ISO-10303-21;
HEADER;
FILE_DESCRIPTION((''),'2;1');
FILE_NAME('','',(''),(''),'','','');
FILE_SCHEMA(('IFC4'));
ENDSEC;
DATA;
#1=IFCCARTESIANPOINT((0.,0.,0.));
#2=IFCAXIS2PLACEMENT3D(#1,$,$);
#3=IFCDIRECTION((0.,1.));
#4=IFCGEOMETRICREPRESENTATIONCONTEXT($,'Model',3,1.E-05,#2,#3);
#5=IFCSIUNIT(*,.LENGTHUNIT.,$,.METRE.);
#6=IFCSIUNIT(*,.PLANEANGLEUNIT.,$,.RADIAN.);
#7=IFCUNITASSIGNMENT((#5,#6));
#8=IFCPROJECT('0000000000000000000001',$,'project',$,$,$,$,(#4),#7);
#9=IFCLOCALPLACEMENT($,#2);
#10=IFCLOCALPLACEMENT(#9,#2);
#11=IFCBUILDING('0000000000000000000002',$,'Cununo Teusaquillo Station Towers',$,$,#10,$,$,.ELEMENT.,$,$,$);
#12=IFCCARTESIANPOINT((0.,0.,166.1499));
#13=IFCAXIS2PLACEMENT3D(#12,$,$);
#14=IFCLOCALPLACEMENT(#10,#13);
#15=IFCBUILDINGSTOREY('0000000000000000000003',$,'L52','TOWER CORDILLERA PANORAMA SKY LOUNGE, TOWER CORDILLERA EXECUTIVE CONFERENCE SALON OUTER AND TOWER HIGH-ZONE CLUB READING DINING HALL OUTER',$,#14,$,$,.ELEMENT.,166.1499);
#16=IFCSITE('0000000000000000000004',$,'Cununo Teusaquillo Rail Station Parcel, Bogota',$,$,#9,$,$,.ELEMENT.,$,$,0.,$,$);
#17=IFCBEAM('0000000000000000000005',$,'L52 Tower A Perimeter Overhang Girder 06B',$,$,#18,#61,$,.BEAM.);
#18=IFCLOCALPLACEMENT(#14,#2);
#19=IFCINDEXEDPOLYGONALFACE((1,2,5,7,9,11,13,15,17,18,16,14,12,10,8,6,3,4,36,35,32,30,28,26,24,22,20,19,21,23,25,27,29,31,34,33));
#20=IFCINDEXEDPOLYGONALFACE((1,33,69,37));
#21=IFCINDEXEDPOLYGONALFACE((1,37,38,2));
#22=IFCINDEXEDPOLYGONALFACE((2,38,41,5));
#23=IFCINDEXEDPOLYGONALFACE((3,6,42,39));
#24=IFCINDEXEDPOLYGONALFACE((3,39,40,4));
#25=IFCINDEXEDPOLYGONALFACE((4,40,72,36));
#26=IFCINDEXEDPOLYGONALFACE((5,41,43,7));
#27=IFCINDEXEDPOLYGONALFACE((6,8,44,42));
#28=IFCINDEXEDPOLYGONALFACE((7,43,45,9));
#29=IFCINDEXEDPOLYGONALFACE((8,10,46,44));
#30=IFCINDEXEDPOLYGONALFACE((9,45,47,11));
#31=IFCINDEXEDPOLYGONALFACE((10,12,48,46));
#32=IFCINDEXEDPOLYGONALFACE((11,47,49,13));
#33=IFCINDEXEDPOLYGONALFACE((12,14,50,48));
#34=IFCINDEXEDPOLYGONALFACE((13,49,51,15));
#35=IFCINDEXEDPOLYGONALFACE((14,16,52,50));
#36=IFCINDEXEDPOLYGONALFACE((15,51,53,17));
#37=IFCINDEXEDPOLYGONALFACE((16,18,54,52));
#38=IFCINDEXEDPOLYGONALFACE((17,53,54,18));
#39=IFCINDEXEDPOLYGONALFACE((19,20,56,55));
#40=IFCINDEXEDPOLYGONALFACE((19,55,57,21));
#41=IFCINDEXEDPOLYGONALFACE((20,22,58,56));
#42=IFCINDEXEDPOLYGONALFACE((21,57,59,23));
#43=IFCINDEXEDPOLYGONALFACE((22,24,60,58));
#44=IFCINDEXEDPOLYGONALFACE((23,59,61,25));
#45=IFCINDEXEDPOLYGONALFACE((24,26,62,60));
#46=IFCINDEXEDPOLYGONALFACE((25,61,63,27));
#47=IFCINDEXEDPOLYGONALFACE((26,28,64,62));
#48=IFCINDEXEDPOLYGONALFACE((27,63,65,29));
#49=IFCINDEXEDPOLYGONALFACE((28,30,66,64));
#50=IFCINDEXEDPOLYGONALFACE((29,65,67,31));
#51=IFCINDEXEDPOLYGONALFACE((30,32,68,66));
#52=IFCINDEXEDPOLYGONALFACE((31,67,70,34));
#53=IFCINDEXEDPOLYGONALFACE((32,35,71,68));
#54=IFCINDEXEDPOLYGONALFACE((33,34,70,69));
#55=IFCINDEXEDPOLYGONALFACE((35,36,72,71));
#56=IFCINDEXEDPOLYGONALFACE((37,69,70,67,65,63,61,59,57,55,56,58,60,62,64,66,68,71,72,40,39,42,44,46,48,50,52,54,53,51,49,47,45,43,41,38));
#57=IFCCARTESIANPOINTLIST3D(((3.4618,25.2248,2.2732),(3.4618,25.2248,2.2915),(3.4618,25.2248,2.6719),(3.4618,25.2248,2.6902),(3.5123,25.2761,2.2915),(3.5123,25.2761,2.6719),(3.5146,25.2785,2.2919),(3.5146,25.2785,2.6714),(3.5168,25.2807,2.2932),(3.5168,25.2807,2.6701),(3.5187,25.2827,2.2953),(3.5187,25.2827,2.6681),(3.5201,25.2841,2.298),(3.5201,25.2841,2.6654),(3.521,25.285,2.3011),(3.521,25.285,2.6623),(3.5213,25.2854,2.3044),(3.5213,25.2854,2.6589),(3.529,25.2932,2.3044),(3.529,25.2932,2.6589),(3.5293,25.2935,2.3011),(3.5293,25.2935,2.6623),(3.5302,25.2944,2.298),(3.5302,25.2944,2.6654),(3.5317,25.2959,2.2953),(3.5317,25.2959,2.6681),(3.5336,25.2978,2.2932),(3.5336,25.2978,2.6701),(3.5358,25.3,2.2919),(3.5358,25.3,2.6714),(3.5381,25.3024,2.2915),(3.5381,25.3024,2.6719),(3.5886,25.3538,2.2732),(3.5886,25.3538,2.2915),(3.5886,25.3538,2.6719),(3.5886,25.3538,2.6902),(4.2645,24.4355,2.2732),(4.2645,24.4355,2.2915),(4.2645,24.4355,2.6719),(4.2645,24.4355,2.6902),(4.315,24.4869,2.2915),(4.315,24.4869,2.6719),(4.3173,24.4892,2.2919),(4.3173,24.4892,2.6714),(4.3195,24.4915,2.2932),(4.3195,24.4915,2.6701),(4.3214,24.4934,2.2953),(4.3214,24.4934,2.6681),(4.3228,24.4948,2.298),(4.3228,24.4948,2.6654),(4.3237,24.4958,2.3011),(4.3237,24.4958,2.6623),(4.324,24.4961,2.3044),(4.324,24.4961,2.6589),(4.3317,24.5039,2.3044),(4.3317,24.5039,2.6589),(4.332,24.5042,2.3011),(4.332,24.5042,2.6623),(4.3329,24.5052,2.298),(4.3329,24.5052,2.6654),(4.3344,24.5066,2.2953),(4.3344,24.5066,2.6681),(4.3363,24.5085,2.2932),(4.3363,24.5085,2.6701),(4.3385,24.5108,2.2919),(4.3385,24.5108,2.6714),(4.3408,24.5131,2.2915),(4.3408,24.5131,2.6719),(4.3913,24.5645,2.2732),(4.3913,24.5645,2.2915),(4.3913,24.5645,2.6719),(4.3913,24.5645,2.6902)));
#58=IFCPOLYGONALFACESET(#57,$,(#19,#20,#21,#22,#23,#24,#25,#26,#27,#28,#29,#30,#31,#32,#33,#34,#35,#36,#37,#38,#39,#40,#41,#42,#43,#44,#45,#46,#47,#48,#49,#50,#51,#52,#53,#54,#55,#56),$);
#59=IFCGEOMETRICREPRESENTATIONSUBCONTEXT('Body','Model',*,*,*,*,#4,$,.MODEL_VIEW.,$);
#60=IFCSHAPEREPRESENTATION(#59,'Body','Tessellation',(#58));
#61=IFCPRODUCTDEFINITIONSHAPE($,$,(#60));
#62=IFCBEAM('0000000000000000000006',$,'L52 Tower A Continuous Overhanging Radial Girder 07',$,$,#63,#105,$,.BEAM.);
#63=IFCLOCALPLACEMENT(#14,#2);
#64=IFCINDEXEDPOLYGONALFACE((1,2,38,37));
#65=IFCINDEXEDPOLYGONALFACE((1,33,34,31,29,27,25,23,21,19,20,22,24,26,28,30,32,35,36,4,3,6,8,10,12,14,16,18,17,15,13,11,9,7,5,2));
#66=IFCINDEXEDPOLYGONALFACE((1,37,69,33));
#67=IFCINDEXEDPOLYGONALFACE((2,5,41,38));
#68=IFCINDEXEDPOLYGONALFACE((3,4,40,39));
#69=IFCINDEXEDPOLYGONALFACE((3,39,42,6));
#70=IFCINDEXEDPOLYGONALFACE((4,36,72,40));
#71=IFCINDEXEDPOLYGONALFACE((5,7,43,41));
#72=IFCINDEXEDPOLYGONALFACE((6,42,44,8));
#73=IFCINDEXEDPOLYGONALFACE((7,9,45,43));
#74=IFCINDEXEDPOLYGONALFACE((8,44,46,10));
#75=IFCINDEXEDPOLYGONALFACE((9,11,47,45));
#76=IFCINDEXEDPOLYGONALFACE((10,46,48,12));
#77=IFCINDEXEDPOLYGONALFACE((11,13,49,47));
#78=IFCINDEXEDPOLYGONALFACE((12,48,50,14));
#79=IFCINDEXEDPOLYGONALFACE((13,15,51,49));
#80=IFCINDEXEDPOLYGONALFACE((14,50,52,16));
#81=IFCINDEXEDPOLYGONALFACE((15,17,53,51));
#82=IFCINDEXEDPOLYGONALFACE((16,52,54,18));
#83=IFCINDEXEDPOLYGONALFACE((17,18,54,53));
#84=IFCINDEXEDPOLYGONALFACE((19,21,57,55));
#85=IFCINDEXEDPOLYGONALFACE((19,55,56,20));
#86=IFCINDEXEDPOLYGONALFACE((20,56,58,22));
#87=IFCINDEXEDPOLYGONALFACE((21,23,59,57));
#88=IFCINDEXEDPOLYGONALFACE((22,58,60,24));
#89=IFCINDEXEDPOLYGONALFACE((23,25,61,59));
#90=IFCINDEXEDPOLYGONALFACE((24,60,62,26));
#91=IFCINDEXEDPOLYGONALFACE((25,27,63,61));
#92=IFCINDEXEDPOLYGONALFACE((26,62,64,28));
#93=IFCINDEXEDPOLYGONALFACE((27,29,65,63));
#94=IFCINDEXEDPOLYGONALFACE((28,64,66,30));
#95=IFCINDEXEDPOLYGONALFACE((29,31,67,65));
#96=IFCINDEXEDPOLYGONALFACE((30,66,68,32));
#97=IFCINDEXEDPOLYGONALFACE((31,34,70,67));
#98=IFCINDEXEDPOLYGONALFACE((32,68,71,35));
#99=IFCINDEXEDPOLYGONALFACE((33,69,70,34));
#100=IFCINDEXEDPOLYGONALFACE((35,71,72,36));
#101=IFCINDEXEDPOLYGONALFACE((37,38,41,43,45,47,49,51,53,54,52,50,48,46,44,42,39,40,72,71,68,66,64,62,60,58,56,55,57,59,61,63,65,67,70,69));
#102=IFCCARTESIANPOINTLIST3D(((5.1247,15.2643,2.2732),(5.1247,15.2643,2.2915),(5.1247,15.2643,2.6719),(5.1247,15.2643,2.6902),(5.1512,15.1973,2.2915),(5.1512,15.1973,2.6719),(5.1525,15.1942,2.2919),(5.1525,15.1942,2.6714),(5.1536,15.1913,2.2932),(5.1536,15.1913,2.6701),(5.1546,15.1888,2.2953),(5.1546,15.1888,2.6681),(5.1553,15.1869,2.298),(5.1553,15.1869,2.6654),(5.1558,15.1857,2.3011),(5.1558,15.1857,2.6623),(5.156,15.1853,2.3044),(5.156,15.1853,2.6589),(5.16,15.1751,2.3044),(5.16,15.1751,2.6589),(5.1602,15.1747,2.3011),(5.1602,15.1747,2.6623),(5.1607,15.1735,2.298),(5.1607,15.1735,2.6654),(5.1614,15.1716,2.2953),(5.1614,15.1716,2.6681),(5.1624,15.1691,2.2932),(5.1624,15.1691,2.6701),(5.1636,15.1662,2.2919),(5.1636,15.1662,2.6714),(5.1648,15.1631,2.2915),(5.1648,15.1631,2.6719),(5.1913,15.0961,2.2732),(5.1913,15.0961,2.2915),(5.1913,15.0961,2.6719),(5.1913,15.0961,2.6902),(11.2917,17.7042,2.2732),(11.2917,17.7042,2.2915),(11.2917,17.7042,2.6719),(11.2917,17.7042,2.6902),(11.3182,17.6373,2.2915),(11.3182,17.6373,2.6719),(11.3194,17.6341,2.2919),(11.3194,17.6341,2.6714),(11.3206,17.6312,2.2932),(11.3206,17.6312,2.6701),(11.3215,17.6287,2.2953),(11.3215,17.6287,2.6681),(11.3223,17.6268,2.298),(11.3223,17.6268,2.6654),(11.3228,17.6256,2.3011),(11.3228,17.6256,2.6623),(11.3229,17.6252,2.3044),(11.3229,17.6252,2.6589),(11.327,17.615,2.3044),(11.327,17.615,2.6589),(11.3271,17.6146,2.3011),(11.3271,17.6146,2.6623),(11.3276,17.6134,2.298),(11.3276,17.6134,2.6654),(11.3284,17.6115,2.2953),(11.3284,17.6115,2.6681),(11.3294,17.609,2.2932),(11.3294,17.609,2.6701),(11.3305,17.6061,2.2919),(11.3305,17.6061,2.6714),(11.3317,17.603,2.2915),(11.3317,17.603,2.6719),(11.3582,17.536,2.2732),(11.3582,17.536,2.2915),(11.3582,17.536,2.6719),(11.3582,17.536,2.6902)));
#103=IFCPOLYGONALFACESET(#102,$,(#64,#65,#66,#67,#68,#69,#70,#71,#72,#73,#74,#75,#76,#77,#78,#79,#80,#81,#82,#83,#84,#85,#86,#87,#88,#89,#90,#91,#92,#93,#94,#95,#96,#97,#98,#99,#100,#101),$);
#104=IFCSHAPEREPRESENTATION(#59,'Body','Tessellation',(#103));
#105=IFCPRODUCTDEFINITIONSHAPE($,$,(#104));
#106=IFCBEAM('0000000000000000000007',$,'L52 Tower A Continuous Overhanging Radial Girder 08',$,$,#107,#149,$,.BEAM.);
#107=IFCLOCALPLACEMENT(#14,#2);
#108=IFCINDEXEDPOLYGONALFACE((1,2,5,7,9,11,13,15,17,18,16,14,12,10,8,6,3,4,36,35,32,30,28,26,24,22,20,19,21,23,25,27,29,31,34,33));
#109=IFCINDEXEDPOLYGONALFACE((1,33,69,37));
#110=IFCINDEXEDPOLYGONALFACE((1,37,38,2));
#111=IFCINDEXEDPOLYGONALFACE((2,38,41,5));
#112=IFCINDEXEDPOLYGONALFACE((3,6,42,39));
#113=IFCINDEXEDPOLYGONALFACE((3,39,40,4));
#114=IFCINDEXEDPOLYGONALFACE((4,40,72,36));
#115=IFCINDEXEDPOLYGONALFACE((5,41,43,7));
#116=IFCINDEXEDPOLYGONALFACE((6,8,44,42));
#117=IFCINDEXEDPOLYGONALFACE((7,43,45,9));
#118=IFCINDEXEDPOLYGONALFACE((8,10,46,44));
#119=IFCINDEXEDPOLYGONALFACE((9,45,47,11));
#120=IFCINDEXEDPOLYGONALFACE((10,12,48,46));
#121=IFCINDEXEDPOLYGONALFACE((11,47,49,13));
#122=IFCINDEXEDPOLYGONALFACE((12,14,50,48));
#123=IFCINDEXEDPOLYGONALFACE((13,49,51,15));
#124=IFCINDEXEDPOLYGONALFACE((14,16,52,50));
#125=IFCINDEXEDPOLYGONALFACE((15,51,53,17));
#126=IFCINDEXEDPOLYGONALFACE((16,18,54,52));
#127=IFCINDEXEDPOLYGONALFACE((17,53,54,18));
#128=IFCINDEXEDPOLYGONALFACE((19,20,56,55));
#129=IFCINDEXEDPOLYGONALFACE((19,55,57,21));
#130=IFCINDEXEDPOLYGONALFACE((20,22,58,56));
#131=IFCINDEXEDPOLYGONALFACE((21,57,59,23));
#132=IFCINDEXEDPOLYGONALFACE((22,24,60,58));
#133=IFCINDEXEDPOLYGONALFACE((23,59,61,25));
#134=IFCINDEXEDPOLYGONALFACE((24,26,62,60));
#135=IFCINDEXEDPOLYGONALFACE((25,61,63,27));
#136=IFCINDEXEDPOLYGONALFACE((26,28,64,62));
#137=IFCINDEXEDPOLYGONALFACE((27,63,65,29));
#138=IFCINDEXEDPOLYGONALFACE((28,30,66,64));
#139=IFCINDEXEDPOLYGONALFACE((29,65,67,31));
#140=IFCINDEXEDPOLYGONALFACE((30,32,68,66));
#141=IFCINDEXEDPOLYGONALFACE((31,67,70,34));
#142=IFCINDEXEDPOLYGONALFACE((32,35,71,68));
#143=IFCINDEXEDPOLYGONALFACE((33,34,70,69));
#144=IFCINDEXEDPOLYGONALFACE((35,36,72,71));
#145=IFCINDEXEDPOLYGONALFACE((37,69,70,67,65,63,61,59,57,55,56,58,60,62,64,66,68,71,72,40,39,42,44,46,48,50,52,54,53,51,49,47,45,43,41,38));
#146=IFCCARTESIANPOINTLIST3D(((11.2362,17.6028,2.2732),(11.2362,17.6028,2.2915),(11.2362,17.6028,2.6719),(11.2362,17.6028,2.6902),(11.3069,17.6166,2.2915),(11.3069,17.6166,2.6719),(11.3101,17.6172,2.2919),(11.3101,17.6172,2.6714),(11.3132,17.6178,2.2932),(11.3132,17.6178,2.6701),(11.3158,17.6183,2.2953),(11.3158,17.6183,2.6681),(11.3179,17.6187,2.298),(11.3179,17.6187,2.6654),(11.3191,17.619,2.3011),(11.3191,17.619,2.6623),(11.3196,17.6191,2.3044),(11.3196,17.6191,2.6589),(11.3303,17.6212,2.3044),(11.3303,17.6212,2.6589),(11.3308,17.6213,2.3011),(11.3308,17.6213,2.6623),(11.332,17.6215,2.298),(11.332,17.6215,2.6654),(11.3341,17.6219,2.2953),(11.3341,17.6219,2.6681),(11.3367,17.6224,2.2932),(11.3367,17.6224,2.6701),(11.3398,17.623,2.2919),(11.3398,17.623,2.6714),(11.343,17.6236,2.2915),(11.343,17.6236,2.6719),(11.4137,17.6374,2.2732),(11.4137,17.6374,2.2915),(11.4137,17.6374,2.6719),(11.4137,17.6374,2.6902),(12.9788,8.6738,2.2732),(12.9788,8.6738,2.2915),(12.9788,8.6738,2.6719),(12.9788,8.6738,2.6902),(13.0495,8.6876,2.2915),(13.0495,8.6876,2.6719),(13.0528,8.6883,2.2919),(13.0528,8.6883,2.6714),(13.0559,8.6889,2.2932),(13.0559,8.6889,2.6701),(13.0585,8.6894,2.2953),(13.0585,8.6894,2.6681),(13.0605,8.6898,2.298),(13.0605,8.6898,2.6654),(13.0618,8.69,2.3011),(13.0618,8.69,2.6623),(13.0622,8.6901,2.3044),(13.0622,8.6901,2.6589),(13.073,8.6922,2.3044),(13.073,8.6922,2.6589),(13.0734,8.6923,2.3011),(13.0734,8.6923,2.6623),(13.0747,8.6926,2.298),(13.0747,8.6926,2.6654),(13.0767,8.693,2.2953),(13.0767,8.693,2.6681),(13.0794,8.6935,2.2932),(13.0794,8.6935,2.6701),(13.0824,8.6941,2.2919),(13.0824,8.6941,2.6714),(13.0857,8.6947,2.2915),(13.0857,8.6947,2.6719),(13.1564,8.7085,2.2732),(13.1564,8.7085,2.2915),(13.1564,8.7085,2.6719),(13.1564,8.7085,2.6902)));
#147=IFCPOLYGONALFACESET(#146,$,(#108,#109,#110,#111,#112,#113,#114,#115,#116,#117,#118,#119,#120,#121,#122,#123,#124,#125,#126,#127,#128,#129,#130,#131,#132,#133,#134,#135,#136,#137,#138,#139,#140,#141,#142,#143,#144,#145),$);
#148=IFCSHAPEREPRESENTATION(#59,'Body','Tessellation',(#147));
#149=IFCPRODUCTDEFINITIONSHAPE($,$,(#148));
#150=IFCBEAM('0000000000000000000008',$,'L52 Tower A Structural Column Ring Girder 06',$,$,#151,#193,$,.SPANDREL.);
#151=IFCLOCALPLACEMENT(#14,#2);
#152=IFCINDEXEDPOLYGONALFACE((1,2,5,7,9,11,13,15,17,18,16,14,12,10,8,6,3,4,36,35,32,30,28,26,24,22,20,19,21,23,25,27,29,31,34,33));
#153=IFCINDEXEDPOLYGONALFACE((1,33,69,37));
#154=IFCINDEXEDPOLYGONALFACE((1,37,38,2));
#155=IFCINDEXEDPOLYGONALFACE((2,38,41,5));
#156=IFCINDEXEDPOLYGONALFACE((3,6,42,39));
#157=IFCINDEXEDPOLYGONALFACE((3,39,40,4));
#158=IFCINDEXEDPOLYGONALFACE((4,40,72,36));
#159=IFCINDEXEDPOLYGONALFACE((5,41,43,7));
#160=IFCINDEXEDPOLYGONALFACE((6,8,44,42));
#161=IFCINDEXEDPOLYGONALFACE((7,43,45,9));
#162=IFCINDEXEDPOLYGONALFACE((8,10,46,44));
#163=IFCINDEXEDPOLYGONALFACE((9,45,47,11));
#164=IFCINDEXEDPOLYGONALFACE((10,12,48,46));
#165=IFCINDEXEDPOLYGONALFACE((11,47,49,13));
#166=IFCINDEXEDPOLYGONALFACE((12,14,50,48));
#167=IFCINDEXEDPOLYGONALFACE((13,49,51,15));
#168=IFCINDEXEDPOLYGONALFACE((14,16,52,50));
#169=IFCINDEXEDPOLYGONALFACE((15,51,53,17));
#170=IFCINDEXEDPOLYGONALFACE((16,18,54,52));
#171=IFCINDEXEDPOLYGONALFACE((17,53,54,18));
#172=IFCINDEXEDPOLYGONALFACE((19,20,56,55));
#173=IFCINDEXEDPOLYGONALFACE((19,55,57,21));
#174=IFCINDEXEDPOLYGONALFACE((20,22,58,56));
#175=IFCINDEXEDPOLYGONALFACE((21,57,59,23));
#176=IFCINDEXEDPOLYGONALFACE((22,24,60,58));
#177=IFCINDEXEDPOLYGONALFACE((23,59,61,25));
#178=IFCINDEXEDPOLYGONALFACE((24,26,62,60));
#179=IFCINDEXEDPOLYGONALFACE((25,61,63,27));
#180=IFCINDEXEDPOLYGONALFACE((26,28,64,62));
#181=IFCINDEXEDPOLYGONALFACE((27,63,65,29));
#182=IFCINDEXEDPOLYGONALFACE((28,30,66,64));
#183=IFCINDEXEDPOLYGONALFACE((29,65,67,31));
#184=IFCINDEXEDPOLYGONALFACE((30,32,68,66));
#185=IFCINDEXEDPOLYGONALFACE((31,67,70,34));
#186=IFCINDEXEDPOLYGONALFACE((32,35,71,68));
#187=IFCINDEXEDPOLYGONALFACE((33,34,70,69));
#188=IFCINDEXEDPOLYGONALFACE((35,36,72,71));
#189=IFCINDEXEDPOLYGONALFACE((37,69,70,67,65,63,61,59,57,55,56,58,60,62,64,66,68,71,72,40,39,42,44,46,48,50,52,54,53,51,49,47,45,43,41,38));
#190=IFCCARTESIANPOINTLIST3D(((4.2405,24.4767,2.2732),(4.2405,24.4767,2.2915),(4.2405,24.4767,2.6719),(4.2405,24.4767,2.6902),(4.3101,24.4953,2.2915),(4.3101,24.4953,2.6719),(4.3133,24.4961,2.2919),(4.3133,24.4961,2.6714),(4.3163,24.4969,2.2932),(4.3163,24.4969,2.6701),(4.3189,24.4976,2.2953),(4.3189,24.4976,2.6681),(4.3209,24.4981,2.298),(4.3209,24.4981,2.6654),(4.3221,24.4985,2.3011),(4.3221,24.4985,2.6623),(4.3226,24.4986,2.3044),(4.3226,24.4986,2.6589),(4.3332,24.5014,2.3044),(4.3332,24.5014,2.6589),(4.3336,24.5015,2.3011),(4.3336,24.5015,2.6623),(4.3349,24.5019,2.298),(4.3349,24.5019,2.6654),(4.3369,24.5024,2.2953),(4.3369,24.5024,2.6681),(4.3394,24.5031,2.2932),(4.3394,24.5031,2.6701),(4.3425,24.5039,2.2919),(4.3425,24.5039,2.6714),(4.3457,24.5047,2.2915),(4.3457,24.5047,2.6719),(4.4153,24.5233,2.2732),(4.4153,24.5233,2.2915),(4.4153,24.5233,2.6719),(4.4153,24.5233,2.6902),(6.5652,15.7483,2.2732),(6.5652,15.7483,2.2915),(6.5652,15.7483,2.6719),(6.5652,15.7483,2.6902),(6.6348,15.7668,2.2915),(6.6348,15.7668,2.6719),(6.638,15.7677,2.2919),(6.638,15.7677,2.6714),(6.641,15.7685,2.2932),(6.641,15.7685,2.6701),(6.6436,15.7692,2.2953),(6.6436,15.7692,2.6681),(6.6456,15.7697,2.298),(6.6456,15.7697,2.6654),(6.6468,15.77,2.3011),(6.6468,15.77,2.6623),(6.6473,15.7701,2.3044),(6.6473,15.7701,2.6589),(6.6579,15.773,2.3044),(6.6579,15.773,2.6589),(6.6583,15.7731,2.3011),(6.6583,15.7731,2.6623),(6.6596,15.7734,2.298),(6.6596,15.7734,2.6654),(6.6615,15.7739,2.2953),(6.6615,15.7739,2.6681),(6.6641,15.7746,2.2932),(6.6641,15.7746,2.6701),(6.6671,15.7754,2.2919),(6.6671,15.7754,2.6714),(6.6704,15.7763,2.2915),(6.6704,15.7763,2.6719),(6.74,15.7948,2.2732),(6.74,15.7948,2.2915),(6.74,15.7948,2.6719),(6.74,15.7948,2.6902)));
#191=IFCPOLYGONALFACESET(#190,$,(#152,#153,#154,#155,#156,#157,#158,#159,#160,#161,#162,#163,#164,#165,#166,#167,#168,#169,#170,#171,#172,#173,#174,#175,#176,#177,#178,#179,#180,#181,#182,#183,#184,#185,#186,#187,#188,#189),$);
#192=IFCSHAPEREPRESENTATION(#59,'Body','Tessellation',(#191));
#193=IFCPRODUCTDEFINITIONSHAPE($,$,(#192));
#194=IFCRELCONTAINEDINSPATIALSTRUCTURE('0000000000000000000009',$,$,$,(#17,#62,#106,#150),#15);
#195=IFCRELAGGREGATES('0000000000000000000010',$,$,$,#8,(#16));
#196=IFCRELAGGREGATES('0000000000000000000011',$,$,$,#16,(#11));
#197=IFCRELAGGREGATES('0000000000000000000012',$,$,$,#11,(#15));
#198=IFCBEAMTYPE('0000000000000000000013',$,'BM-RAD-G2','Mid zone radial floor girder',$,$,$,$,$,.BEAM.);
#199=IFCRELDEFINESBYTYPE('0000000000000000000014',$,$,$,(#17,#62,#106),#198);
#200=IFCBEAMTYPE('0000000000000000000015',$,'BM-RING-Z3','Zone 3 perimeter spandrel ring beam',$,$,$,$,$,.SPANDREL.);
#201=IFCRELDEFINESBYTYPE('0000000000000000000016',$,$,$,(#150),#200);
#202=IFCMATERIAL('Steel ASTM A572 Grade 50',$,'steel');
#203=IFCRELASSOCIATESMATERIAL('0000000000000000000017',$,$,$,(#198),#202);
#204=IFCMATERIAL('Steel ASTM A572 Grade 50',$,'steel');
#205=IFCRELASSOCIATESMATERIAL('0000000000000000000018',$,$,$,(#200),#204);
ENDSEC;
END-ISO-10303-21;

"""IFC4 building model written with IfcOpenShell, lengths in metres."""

from ifc_helpers import new_model, si_unit, direction, frame, origin, origin_2d, place, context, subcontext, project, spatial, i_section, extrude, material, material_profile, profile_set, type_object, element, save


model = new_model("IFC4")

# Units and contexts
model_context = context("Model", 3, precision=1e-05, world=origin(), true_north=direction((0.0, 1.0)))
body_context = subcontext(model_context, "Body", "Model", "MODEL_VIEW")
ifc_project = project(units=[si_unit("LENGTHUNIT", "METRE"), si_unit("PLANEANGLEUNIT", "RADIAN")], contexts=[model_context])

# Site, building, storey
site_placement = place(None, origin())
site = spatial("IfcSite", under=ifc_project, at=site_placement, Name="Cununo Teusaquillo Rail Station Parcel, Bogota", CompositionType="ELEMENT", RefElevation=0.0)
building_placement = place(site_placement, origin())
building = spatial("IfcBuilding", under=site, at=building_placement, Name="Cununo Teusaquillo Station Towers", CompositionType="ELEMENT")
storey_placement = place(building_placement, frame((0.0, 0.0, 166.1499)))
storey = spatial("IfcBuildingStorey", under=building, at=storey_placement, Name="L52", Description="TOWER CORDILLERA PANORAMA SKY LOUNGE, TOWER CORDILLERA EXECUTIVE CONFERENCE SALON OUTER AND TOWER HIGH-ZONE CLUB READING DINING HALL OUTER", CompositionType="ELEMENT", Elevation=166.1499)

# Beams
ifc_material_1 = material(Name="Steel ASTM A572 Grade 50", Category="steel")
ifc_material_profile_1 = material_profile(ifc_material_1, i_section(OverallWidth=0.1809, OverallDepth=0.417, WebThickness=0.011, FlangeThickness=0.0183, FilletRadius=0.0129, at=origin_2d()), Name="W16X57")
ifc_profile_set_1 = profile_set([ifc_material_profile_1], Name="Steel ASTM A572 Grade 50")
beam_type_1 = type_object("IfcBeamType", Name="BM-RAD-G2", Description="Mid zone radial floor girder", PredefinedType="BEAM", material=ifc_profile_set_1)
beam_1_placement = place(storey_placement, frame((4.3279, 24.5, 2.4817), z_axis=(-0.713045, 0.701118, 0.0), x_axis=(-0.701118, -0.713045, 0.0)))
element("IfcBeam", 1, at=beam_1_placement, inside=storey, type_object=beam_type_1, Name="L52 Tower A Perimeter Overhang Girder 06B", PredefinedType="BEAM", context=body_context, shape_type="SweptSolid", body=[
    extrude(i_section(OverallWidth=0.1809, OverallDepth=0.417, WebThickness=0.011, FlangeThickness=0.0183, FilletRadius=0.0129, at=origin_2d()), origin(), (0.0, 0.0, 1.0), 1.1257),
])
beam_2_placement = place(storey_placement, frame((11.325, 17.6201, 2.4817), z_axis=(-0.929866, -0.367897, 0.0), x_axis=(0.367897, -0.929866, 0.0)))
element("IfcBeam", 2, at=beam_2_placement, inside=storey, type_object=beam_type_1, Name="L52 Tower A Continuous Overhanging Radial Girder 07", PredefinedType="BEAM", context=body_context, shape_type="SweptSolid", body=[
    extrude(i_section(OverallWidth=0.1809, OverallDepth=0.417, WebThickness=0.011, FlangeThickness=0.0183, FilletRadius=0.0129, at=origin_2d()), origin(), (0.0, 0.0, 1.0), 6.6321),
])
beam_3_placement = place(storey_placement, frame((11.325, 17.6201, 2.4817), z_axis=(0.191557, -0.981481, 0.0), x_axis=(0.981481, 0.191557, 0.0)))
element("IfcBeam", 3, at=beam_3_placement, inside=storey, type_object=beam_type_1, Name="L52 Tower A Continuous Overhanging Radial Girder 08", PredefinedType="BEAM", context=body_context, shape_type="SweptSolid", body=[
    extrude(i_section(OverallWidth=0.1809, OverallDepth=0.417, WebThickness=0.011, FlangeThickness=0.0183, FilletRadius=0.0129, at=origin_2d()), origin(), (0.0, 0.0, 1.0), 9.0974),
])
ifc_material_2 = material(Name="Steel ASTM A572 Grade 50", Category="steel")
ifc_material_profile_2 = material_profile(ifc_material_2, i_section(OverallWidth=0.1809, OverallDepth=0.417, WebThickness=0.011, FlangeThickness=0.0183, FilletRadius=0.0129, at=origin_2d()), Name="W16X57")
ifc_profile_set_2 = profile_set([ifc_material_profile_2], Name="Steel ASTM A572 Grade 50")
beam_type_2 = type_object("IfcBeamType", Name="BM-RING-Z3", Description="Zone 3 perimeter spandrel ring beam", PredefinedType="SPANDREL", material=ifc_profile_set_2)
beam_4_placement = place(storey_placement, frame((4.3279, 24.5, 2.4817), z_axis=(0.257363, -0.966315, 0.0), x_axis=(0.966315, 0.257363, 0.0)))
element("IfcBeam", 4, at=beam_4_placement, inside=storey, type_object=beam_type_2, Name="L52 Tower A Structural Column Ring Girder 06", PredefinedType="SPANDREL", context=body_context, shape_type="SweptSolid", body=[
    extrude(i_section(OverallWidth=0.1809, OverallDepth=0.417, WebThickness=0.011, FlangeThickness=0.0183, FilletRadius=0.0129, at=origin_2d()), origin(), (0.0, 0.0, 1.0), 9.0327),
])

save(model, "model.ifc")
